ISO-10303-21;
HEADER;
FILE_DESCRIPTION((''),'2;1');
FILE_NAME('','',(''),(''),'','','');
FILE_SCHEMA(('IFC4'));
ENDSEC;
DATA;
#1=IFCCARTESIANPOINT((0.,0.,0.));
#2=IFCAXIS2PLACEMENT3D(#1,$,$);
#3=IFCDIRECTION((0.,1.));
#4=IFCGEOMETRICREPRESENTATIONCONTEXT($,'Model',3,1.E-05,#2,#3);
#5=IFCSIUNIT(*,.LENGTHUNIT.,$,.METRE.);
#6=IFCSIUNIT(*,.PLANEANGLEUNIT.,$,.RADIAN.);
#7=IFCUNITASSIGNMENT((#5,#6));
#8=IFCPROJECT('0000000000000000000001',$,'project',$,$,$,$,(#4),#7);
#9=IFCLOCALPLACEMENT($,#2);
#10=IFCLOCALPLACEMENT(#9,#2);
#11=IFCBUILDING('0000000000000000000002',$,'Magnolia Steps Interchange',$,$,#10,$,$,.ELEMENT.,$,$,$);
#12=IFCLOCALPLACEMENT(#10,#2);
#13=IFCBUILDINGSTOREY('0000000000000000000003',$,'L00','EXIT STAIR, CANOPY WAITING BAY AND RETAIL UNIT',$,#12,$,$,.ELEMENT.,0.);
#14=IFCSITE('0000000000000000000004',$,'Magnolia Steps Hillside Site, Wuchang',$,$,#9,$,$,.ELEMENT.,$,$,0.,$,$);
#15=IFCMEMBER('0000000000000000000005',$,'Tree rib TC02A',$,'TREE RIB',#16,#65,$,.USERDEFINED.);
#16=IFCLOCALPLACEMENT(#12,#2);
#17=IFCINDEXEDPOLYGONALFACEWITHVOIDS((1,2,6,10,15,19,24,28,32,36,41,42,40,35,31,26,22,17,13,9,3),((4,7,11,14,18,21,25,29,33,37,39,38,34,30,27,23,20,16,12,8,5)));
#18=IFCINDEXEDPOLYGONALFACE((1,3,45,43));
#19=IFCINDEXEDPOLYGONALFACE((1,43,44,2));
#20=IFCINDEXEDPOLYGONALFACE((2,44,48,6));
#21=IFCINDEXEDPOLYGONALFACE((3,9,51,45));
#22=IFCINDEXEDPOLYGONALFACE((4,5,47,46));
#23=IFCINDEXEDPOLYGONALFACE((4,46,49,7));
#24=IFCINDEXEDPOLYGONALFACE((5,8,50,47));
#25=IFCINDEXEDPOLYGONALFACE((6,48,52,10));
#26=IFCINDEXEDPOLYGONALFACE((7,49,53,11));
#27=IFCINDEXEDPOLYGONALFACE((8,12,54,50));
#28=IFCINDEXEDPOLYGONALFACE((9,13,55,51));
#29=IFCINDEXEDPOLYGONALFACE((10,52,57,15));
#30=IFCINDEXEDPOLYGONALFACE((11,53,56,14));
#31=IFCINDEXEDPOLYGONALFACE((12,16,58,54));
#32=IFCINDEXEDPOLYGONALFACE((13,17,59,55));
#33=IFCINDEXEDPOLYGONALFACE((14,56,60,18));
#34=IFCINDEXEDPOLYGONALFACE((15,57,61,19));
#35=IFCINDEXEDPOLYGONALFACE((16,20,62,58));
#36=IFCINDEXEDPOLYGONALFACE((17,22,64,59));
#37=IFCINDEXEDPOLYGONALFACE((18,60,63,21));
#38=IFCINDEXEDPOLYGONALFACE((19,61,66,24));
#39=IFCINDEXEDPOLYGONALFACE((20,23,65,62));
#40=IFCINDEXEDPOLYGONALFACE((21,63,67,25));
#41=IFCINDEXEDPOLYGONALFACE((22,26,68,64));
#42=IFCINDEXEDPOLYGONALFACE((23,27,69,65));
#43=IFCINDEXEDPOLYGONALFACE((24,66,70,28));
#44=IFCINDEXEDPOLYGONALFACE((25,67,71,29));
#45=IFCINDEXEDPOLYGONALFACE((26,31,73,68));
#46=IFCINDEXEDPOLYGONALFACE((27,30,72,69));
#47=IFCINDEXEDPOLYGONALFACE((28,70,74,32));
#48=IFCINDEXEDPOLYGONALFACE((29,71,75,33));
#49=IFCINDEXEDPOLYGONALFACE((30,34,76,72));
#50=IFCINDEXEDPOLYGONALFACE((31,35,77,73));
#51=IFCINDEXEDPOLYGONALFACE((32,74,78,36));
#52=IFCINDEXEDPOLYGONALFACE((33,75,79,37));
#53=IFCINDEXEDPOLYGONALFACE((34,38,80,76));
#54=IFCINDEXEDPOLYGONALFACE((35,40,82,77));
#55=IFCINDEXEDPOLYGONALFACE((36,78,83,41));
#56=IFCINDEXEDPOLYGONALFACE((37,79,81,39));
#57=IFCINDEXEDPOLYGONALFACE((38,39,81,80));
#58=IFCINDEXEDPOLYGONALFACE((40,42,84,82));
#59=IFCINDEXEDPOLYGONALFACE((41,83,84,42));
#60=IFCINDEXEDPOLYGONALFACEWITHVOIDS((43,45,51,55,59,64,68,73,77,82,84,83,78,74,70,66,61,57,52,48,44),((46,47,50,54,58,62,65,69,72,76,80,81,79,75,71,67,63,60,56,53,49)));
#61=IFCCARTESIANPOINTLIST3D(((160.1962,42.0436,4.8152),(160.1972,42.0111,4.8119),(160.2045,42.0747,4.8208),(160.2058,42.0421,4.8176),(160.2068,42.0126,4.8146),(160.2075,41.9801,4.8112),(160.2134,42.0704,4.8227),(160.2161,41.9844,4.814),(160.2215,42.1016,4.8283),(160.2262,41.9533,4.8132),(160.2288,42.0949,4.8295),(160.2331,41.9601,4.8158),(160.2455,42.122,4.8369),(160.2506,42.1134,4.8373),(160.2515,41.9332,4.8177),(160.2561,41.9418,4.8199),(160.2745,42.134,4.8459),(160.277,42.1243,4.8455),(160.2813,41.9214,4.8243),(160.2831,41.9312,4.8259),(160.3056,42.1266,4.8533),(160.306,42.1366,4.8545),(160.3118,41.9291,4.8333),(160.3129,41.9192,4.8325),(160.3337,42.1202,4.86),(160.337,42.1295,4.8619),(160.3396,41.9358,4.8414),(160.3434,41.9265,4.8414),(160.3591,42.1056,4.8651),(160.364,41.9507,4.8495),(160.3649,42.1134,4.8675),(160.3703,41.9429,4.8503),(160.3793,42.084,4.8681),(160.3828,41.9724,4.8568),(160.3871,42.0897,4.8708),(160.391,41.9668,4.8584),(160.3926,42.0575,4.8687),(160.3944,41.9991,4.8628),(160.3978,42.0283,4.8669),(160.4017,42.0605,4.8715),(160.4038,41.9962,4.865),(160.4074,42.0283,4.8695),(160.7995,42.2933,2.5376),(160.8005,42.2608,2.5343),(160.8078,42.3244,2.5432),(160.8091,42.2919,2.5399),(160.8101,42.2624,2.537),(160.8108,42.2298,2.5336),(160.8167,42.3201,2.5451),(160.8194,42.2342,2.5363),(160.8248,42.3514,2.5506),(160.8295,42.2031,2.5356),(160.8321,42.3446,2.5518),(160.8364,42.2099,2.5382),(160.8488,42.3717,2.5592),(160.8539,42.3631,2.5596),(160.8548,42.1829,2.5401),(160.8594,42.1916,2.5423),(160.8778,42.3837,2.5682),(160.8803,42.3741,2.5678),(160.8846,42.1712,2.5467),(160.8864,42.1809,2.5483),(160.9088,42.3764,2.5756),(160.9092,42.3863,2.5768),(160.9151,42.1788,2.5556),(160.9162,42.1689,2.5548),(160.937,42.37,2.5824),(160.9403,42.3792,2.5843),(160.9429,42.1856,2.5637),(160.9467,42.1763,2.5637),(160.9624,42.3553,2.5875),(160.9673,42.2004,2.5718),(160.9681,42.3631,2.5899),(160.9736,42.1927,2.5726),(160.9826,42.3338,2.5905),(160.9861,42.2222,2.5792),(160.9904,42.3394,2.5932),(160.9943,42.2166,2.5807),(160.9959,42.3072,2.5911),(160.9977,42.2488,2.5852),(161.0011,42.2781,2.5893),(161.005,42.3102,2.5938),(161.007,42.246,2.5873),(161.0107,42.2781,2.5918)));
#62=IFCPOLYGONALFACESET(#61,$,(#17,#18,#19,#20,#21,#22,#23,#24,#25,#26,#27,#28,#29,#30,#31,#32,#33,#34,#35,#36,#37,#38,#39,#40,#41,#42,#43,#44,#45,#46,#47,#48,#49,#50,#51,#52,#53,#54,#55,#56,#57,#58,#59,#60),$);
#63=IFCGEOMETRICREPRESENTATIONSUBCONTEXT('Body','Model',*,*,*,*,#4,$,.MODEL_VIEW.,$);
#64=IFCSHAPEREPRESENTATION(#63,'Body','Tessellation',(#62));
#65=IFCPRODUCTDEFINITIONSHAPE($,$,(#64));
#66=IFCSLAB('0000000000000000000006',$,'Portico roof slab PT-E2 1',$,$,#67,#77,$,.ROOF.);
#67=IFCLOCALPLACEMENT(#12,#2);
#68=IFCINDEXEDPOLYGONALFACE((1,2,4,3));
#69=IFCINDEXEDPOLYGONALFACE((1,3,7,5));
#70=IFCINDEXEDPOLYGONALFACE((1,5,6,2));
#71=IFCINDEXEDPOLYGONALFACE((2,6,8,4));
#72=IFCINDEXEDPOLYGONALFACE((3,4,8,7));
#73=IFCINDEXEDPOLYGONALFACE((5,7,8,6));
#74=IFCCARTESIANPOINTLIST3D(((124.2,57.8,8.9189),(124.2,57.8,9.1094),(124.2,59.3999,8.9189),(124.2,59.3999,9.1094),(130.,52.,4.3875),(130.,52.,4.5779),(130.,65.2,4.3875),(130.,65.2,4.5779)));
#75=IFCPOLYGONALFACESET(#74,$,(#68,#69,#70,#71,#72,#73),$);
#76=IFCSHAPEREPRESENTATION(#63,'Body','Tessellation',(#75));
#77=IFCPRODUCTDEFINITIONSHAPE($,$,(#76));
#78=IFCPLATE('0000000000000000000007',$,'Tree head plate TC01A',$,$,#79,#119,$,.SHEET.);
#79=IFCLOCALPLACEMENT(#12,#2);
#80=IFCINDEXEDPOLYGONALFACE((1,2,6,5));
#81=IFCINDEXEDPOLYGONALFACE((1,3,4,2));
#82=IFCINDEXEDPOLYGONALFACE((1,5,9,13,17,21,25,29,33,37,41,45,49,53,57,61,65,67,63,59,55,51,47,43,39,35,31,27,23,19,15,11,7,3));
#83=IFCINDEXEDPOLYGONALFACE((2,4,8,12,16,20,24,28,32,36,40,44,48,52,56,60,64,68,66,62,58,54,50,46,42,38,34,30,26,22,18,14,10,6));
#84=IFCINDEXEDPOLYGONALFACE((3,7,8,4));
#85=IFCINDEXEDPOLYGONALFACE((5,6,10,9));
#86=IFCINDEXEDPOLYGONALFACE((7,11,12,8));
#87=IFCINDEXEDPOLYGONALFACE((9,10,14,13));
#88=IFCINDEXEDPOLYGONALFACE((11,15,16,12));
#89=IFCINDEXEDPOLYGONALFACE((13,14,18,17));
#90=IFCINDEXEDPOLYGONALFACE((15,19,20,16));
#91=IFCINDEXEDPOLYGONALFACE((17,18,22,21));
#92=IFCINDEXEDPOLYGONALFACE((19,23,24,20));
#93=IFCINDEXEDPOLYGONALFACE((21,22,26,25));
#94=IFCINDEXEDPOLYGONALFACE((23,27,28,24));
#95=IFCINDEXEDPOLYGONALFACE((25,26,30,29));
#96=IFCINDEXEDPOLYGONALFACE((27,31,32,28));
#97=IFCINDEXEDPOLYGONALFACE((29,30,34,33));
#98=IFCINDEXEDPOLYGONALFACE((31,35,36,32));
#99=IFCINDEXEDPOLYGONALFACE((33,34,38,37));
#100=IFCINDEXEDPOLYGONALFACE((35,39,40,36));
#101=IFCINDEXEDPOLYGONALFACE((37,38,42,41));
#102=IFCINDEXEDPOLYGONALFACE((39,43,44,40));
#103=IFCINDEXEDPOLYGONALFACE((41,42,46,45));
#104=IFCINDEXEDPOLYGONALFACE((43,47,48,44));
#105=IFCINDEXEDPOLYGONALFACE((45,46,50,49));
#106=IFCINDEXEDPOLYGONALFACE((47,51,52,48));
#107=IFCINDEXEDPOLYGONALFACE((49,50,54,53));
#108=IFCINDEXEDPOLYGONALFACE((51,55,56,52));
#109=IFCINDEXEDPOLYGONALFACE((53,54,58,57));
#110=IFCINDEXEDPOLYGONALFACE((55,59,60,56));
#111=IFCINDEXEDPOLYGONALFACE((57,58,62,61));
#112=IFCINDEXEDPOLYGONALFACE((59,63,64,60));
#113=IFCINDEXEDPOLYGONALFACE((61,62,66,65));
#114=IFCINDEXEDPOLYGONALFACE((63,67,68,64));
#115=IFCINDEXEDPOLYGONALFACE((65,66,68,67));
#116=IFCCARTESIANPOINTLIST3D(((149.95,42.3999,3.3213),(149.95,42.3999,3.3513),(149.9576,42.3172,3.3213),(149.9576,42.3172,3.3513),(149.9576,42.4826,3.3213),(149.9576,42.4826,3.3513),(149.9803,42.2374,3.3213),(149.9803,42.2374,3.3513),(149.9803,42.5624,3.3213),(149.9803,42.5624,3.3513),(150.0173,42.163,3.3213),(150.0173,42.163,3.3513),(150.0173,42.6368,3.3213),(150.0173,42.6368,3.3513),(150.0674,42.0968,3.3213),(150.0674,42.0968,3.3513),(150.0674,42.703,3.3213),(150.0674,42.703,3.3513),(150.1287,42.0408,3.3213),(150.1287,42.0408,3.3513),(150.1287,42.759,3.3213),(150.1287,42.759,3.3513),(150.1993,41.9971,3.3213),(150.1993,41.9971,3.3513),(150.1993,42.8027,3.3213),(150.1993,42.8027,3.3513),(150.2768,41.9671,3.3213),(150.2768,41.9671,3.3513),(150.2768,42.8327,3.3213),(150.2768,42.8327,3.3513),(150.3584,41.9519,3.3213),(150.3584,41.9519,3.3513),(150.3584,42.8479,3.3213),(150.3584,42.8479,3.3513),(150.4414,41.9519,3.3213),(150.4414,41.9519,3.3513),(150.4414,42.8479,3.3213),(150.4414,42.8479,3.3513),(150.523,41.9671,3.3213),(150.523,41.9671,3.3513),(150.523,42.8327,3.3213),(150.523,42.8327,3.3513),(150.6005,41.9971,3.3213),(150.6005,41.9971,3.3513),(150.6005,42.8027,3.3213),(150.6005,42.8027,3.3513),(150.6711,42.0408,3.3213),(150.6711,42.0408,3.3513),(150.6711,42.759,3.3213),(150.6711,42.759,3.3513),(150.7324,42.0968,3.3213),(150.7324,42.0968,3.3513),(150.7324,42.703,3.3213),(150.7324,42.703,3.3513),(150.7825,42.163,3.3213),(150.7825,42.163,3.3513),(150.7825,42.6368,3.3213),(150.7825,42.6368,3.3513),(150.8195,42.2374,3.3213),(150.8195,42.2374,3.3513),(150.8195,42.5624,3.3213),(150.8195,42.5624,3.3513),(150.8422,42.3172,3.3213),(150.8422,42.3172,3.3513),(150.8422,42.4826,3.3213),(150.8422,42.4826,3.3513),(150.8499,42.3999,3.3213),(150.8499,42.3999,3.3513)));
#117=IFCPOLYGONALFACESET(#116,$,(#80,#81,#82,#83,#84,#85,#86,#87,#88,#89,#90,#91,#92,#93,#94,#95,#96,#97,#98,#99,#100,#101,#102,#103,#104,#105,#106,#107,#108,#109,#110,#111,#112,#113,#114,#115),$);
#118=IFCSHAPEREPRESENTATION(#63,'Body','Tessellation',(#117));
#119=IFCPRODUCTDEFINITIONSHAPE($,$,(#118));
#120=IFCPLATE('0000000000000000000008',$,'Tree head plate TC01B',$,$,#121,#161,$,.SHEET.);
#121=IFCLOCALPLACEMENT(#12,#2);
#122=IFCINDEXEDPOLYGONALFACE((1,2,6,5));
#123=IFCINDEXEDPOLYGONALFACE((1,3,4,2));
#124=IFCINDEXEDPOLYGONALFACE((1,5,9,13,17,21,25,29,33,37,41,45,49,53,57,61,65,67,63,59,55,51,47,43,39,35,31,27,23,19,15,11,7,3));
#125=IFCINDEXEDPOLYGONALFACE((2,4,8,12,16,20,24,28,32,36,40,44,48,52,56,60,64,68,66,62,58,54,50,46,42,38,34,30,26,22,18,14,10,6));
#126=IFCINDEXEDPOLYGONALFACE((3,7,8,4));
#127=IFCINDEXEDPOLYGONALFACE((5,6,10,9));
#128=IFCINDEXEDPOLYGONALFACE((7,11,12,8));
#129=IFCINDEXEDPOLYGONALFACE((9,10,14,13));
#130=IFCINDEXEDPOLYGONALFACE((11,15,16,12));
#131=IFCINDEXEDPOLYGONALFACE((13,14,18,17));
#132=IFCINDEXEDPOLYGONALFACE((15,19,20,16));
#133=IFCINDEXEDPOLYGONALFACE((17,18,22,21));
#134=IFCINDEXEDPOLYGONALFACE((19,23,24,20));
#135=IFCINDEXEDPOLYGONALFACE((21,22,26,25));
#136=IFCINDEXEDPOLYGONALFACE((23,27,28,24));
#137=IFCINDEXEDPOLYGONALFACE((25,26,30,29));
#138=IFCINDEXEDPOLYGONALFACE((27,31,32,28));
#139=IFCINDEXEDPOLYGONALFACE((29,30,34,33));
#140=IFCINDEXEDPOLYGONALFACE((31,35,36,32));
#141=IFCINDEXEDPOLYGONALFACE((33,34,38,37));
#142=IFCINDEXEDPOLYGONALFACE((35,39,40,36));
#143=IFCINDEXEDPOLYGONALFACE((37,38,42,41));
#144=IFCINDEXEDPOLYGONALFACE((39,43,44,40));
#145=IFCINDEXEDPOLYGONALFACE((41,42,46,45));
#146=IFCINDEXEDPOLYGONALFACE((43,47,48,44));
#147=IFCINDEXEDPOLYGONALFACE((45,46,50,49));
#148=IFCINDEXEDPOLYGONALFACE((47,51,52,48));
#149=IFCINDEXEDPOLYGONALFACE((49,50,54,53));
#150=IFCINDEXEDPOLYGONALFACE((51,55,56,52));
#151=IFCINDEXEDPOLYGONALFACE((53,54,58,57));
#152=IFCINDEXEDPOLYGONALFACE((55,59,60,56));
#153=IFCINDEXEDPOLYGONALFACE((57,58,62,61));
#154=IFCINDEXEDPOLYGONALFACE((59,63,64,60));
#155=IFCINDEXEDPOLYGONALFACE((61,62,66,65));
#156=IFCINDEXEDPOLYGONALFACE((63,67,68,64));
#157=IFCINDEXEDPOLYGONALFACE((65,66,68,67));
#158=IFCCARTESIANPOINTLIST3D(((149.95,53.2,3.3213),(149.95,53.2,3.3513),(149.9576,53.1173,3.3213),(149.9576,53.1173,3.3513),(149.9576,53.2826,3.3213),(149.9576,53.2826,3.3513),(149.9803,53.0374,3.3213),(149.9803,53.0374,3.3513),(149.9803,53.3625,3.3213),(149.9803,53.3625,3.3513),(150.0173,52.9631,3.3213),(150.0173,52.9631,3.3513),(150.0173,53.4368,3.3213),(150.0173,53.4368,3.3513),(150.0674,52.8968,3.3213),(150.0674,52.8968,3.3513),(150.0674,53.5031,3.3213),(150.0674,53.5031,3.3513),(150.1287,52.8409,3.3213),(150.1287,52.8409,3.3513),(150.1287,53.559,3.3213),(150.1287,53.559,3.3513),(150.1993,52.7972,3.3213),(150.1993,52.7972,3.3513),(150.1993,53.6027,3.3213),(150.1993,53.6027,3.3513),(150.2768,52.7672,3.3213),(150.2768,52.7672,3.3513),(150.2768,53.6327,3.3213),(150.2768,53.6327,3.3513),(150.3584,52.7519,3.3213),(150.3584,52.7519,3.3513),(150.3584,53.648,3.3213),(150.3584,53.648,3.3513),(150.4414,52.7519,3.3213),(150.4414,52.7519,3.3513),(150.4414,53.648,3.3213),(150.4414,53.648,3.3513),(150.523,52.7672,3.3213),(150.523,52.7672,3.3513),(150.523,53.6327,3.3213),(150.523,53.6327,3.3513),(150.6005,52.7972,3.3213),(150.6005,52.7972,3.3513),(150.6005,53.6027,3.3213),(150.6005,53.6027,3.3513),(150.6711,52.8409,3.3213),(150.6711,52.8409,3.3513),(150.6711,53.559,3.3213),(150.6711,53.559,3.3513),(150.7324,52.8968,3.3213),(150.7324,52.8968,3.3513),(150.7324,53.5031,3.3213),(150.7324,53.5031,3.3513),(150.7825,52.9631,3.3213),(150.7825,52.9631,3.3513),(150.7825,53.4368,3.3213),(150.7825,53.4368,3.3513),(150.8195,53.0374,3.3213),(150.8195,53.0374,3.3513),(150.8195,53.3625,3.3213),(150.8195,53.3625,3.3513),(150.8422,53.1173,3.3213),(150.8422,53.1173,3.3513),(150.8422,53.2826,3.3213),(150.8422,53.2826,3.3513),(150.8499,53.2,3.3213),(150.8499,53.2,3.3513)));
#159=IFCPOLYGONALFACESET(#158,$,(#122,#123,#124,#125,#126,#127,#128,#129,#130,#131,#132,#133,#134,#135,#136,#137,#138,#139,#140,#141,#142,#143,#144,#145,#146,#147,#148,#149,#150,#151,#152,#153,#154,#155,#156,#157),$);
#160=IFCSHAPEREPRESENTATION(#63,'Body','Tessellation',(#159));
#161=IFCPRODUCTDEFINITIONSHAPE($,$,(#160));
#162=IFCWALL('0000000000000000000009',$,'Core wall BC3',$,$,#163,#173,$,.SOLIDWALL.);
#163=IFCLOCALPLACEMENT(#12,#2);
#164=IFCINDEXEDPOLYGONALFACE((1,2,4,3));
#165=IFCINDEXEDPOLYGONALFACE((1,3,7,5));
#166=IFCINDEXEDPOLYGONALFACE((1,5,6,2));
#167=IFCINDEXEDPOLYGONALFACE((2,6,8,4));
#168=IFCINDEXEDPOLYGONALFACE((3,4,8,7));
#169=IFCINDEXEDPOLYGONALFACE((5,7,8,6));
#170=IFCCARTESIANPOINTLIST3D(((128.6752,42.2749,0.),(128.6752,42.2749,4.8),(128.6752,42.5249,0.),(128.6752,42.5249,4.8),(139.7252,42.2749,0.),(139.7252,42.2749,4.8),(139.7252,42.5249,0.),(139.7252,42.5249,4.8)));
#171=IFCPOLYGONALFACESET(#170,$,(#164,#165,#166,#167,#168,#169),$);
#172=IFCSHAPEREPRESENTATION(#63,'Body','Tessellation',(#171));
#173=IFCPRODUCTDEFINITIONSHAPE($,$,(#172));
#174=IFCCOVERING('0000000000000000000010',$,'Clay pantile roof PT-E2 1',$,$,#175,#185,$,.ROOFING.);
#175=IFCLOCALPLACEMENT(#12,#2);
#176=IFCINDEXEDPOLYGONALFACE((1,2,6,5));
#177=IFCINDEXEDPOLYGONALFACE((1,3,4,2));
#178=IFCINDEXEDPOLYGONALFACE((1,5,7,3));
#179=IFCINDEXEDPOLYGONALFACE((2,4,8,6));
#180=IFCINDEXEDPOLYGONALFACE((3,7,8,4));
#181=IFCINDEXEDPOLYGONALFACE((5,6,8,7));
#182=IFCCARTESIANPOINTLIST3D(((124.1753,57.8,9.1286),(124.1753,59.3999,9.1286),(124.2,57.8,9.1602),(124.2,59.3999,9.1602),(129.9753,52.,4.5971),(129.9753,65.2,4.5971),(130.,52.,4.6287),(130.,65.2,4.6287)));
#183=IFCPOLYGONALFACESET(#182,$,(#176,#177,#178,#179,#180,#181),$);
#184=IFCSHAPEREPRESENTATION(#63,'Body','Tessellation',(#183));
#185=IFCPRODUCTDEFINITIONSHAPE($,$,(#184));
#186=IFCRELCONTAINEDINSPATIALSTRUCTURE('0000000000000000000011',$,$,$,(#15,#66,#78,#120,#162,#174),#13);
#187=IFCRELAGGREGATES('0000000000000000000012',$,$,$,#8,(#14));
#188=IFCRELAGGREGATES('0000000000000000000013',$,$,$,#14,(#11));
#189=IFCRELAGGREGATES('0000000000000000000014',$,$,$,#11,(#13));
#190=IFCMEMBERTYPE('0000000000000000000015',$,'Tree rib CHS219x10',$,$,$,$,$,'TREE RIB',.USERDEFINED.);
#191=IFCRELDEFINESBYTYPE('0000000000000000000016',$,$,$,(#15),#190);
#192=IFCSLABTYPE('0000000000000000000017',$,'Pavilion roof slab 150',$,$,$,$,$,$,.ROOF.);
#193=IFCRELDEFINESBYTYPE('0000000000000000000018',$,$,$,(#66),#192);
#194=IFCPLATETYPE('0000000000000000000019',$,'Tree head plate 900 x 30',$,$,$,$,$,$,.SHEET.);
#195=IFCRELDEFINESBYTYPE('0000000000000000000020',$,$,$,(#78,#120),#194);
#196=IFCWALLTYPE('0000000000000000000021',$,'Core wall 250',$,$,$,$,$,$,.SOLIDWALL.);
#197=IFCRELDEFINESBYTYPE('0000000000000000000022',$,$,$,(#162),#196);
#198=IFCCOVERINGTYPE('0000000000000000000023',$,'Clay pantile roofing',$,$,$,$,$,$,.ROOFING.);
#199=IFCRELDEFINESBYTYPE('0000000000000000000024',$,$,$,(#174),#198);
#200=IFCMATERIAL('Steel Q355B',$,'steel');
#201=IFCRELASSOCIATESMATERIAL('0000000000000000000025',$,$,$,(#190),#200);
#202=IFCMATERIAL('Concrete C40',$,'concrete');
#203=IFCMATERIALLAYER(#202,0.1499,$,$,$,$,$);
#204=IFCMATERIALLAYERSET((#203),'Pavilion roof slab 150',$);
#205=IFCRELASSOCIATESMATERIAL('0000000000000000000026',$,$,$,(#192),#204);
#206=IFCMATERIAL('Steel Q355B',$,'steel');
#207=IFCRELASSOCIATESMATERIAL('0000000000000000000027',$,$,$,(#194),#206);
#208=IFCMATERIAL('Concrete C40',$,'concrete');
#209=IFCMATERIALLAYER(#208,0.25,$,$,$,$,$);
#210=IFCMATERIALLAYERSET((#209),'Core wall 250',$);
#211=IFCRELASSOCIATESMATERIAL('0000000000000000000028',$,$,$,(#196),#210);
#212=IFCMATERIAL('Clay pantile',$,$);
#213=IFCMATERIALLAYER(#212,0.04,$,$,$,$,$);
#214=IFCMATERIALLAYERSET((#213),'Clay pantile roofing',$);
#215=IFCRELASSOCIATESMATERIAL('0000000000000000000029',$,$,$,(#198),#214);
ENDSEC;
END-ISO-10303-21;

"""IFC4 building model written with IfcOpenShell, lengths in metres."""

from ifc_helpers import new_model, si_unit, direction, frame, frame_2d, origin, origin_2d, place, context, subcontext, project, spatial, polyline, rectangle, circle, hollow_circle, outline, extrude, material, layer, layer_set, material_profile, profile_set, type_object, element, save


model = new_model("IFC4")

# Units and contexts
model_context = context("Model", 3, precision=1e-05, world=origin(), true_north=direction((0.0, 1.0)))
body_context = subcontext(model_context, "Body", "Model", "MODEL_VIEW")
ifc_project = project(units=[si_unit("LENGTHUNIT", "METRE"), si_unit("PLANEANGLEUNIT", "RADIAN")], contexts=[model_context])

# Site, building, storey
site_placement = place(None, origin())
site = spatial("IfcSite", under=ifc_project, at=site_placement, Name="Magnolia Steps Hillside Site, Wuchang", CompositionType="ELEMENT", RefElevation=0.0)
building_placement = place(site_placement, origin())
building = spatial("IfcBuilding", under=site, at=building_placement, Name="Magnolia Steps Interchange", CompositionType="ELEMENT")
storey_placement = place(building_placement, origin())
storey = spatial("IfcBuildingStorey", under=building, at=storey_placement, Name="L00", Description="EXIT STAIR, CANOPY WAITING BAY AND RETAIL UNIT", CompositionType="ELEMENT", Elevation=0.0)

# Member
ifc_material_1 = material(Name="Steel Q355B", Category="steel")
ifc_material_profile_1 = material_profile(ifc_material_1, hollow_circle(Radius=0.1096, WallThickness=0.01, at=origin_2d()), Name="CHS219x10")
ifc_profile_set_1 = profile_set([ifc_material_profile_1], Name="Steel Q355B")
member_type = type_object("IfcMemberType", Name="Tree rib CHS219x10", ElementType="TREE RIB", PredefinedType="USERDEFINED", material=ifc_profile_set_1)
member_placement = place(storey_placement, frame((160.9048, 42.2776, 2.5637), z_axis=(-0.254617, -0.105412, 0.96128), x_axis=(0.382517, -0.923948, 0.0)))
element("IfcMember", 1, at=member_placement, inside=storey, type_object=member_type, Name="Tree rib TC02A", ObjectType="TREE RIB", PredefinedType="USERDEFINED", context=body_context, shape_type="SweptSolid", body=[
    extrude(hollow_circle(Radius=0.1096, WallThickness=0.01, at=origin_2d()), origin(), (0.0, 0.0, 1.0), 2.3694),
])

# Slab
ifc_material_2 = material(Name="Concrete C40", Category="concrete")
ifc_layer_1 = layer(ifc_material_2, 0.1499)
ifc_layer_set_1 = layer_set([ifc_layer_1], Name="Pavilion roof slab 150")
slab_type = type_object("IfcSlabType", Name="Pavilion roof slab 150", PredefinedType="ROOF", material=ifc_layer_set_1)
slab_placement = place(storey_placement, frame((130.0, 52.0, 4.5779), z_axis=(0.615661, 0.0, 0.788011), x_axis=(0.0, 1.0, 0.0)))
element("IfcSlab", 2, at=slab_placement, inside=storey, type_object=slab_type, Name="Portico roof slab PT-E2 1", PredefinedType="ROOF", context=body_context, shape_type="SweptSolid", body=[
    extrude(outline(polyline([(0.0, 0.0), (13.2, 0.0), (7.3999, 7.3604), (5.8, 7.3604), (0.0, 0.0)])), origin(), (0.0, -0.615661, -0.788011), 0.1904),
])

# Plates
ifc_material_3 = material(Name="Steel Q355B", Category="steel")
ifc_material_profile_2 = material_profile(ifc_material_3, circle(Radius=0.45, at=origin_2d()), Name="Tree head plate 900 x 30")
ifc_profile_set_2 = profile_set([ifc_material_profile_2], Name="Steel Q355B")
plate_type = type_object("IfcPlateType", Name="Tree head plate 900 x 30", PredefinedType="SHEET", material=ifc_profile_set_2)
for number, where, z_axis, x_axis, name in (
    (3, (150.3999, 42.3999, 3.3213), (0.0, 0.0, 1.0), (1.0, 0.0, 0.0), "Tree head plate TC01A"),
    (4, (150.3999, 53.2, 3.3213), (0.0, 0.0, 1.0), (1.0, 0.0, 0.0), "Tree head plate TC01B"),
):
    element("IfcPlate", number, at=place(storey_placement, frame(where, z_axis=z_axis, x_axis=x_axis)), inside=storey, type_object=plate_type, Name=name, PredefinedType="SHEET", context=body_context, shape_type="SweptSolid", body=[
        extrude(circle(Radius=0.45, at=origin_2d()), origin(), (0.0, 0.0, 1.0), 0.03),
    ])

# Wall
ifc_material_4 = material(Name="Concrete C40", Category="concrete")
ifc_layer_2 = layer(ifc_material_4, 0.25)
ifc_layer_set_2 = layer_set([ifc_layer_2], Name="Core wall 250")
wall_type = type_object("IfcWallType", Name="Core wall 250", PredefinedType="SOLIDWALL", material=ifc_layer_set_2)
wall_placement = place(storey_placement, frame((139.7251, 42.3999, 0.0), z_axis=(0.0, 0.0, 1.0), x_axis=(-1.0, 0.0, 0.0)))
element("IfcWall", 5, at=wall_placement, inside=storey, type_object=wall_type, Name="Core wall BC3", PredefinedType="SOLIDWALL", context=body_context, shape_type="SweptSolid", body=[
    extrude(rectangle(XDim=11.05, YDim=0.25, at=frame_2d((5.5249, 0.0))), origin(), (0.0, 0.0, 1.0), 4.8),
])

# Covering
ifc_material_5 = material(Name="Clay pantile")
ifc_layer_3 = layer(ifc_material_5, 0.04)
ifc_layer_set_3 = layer_set([ifc_layer_3], Name="Clay pantile roofing")
covering_type_1 = type_object("IfcCoveringType", Name="Clay pantile roofing", PredefinedType="ROOFING", material=ifc_layer_set_3)
covering_1_placement = place(storey_placement, frame((130.0, 52.0, 4.6287), z_axis=(0.615661, 0.0, 0.788011), x_axis=(0.0, 1.0, 0.0)))
element("IfcCovering", 6, at=covering_1_placement, inside=storey, type_object=covering_type_1, Name="Clay pantile roof PT-E2 1", PredefinedType="ROOFING", context=body_context, shape_type="SweptSolid", body=[
    extrude(outline(polyline([(0.0, 0.0), (13.2, 0.0), (7.3999, 7.3604), (5.8, 7.3604), (0.0, 0.0)])), origin(), (0.0, 0.0, -1.0), 0.04),
])

save(model, "model.ifc")
